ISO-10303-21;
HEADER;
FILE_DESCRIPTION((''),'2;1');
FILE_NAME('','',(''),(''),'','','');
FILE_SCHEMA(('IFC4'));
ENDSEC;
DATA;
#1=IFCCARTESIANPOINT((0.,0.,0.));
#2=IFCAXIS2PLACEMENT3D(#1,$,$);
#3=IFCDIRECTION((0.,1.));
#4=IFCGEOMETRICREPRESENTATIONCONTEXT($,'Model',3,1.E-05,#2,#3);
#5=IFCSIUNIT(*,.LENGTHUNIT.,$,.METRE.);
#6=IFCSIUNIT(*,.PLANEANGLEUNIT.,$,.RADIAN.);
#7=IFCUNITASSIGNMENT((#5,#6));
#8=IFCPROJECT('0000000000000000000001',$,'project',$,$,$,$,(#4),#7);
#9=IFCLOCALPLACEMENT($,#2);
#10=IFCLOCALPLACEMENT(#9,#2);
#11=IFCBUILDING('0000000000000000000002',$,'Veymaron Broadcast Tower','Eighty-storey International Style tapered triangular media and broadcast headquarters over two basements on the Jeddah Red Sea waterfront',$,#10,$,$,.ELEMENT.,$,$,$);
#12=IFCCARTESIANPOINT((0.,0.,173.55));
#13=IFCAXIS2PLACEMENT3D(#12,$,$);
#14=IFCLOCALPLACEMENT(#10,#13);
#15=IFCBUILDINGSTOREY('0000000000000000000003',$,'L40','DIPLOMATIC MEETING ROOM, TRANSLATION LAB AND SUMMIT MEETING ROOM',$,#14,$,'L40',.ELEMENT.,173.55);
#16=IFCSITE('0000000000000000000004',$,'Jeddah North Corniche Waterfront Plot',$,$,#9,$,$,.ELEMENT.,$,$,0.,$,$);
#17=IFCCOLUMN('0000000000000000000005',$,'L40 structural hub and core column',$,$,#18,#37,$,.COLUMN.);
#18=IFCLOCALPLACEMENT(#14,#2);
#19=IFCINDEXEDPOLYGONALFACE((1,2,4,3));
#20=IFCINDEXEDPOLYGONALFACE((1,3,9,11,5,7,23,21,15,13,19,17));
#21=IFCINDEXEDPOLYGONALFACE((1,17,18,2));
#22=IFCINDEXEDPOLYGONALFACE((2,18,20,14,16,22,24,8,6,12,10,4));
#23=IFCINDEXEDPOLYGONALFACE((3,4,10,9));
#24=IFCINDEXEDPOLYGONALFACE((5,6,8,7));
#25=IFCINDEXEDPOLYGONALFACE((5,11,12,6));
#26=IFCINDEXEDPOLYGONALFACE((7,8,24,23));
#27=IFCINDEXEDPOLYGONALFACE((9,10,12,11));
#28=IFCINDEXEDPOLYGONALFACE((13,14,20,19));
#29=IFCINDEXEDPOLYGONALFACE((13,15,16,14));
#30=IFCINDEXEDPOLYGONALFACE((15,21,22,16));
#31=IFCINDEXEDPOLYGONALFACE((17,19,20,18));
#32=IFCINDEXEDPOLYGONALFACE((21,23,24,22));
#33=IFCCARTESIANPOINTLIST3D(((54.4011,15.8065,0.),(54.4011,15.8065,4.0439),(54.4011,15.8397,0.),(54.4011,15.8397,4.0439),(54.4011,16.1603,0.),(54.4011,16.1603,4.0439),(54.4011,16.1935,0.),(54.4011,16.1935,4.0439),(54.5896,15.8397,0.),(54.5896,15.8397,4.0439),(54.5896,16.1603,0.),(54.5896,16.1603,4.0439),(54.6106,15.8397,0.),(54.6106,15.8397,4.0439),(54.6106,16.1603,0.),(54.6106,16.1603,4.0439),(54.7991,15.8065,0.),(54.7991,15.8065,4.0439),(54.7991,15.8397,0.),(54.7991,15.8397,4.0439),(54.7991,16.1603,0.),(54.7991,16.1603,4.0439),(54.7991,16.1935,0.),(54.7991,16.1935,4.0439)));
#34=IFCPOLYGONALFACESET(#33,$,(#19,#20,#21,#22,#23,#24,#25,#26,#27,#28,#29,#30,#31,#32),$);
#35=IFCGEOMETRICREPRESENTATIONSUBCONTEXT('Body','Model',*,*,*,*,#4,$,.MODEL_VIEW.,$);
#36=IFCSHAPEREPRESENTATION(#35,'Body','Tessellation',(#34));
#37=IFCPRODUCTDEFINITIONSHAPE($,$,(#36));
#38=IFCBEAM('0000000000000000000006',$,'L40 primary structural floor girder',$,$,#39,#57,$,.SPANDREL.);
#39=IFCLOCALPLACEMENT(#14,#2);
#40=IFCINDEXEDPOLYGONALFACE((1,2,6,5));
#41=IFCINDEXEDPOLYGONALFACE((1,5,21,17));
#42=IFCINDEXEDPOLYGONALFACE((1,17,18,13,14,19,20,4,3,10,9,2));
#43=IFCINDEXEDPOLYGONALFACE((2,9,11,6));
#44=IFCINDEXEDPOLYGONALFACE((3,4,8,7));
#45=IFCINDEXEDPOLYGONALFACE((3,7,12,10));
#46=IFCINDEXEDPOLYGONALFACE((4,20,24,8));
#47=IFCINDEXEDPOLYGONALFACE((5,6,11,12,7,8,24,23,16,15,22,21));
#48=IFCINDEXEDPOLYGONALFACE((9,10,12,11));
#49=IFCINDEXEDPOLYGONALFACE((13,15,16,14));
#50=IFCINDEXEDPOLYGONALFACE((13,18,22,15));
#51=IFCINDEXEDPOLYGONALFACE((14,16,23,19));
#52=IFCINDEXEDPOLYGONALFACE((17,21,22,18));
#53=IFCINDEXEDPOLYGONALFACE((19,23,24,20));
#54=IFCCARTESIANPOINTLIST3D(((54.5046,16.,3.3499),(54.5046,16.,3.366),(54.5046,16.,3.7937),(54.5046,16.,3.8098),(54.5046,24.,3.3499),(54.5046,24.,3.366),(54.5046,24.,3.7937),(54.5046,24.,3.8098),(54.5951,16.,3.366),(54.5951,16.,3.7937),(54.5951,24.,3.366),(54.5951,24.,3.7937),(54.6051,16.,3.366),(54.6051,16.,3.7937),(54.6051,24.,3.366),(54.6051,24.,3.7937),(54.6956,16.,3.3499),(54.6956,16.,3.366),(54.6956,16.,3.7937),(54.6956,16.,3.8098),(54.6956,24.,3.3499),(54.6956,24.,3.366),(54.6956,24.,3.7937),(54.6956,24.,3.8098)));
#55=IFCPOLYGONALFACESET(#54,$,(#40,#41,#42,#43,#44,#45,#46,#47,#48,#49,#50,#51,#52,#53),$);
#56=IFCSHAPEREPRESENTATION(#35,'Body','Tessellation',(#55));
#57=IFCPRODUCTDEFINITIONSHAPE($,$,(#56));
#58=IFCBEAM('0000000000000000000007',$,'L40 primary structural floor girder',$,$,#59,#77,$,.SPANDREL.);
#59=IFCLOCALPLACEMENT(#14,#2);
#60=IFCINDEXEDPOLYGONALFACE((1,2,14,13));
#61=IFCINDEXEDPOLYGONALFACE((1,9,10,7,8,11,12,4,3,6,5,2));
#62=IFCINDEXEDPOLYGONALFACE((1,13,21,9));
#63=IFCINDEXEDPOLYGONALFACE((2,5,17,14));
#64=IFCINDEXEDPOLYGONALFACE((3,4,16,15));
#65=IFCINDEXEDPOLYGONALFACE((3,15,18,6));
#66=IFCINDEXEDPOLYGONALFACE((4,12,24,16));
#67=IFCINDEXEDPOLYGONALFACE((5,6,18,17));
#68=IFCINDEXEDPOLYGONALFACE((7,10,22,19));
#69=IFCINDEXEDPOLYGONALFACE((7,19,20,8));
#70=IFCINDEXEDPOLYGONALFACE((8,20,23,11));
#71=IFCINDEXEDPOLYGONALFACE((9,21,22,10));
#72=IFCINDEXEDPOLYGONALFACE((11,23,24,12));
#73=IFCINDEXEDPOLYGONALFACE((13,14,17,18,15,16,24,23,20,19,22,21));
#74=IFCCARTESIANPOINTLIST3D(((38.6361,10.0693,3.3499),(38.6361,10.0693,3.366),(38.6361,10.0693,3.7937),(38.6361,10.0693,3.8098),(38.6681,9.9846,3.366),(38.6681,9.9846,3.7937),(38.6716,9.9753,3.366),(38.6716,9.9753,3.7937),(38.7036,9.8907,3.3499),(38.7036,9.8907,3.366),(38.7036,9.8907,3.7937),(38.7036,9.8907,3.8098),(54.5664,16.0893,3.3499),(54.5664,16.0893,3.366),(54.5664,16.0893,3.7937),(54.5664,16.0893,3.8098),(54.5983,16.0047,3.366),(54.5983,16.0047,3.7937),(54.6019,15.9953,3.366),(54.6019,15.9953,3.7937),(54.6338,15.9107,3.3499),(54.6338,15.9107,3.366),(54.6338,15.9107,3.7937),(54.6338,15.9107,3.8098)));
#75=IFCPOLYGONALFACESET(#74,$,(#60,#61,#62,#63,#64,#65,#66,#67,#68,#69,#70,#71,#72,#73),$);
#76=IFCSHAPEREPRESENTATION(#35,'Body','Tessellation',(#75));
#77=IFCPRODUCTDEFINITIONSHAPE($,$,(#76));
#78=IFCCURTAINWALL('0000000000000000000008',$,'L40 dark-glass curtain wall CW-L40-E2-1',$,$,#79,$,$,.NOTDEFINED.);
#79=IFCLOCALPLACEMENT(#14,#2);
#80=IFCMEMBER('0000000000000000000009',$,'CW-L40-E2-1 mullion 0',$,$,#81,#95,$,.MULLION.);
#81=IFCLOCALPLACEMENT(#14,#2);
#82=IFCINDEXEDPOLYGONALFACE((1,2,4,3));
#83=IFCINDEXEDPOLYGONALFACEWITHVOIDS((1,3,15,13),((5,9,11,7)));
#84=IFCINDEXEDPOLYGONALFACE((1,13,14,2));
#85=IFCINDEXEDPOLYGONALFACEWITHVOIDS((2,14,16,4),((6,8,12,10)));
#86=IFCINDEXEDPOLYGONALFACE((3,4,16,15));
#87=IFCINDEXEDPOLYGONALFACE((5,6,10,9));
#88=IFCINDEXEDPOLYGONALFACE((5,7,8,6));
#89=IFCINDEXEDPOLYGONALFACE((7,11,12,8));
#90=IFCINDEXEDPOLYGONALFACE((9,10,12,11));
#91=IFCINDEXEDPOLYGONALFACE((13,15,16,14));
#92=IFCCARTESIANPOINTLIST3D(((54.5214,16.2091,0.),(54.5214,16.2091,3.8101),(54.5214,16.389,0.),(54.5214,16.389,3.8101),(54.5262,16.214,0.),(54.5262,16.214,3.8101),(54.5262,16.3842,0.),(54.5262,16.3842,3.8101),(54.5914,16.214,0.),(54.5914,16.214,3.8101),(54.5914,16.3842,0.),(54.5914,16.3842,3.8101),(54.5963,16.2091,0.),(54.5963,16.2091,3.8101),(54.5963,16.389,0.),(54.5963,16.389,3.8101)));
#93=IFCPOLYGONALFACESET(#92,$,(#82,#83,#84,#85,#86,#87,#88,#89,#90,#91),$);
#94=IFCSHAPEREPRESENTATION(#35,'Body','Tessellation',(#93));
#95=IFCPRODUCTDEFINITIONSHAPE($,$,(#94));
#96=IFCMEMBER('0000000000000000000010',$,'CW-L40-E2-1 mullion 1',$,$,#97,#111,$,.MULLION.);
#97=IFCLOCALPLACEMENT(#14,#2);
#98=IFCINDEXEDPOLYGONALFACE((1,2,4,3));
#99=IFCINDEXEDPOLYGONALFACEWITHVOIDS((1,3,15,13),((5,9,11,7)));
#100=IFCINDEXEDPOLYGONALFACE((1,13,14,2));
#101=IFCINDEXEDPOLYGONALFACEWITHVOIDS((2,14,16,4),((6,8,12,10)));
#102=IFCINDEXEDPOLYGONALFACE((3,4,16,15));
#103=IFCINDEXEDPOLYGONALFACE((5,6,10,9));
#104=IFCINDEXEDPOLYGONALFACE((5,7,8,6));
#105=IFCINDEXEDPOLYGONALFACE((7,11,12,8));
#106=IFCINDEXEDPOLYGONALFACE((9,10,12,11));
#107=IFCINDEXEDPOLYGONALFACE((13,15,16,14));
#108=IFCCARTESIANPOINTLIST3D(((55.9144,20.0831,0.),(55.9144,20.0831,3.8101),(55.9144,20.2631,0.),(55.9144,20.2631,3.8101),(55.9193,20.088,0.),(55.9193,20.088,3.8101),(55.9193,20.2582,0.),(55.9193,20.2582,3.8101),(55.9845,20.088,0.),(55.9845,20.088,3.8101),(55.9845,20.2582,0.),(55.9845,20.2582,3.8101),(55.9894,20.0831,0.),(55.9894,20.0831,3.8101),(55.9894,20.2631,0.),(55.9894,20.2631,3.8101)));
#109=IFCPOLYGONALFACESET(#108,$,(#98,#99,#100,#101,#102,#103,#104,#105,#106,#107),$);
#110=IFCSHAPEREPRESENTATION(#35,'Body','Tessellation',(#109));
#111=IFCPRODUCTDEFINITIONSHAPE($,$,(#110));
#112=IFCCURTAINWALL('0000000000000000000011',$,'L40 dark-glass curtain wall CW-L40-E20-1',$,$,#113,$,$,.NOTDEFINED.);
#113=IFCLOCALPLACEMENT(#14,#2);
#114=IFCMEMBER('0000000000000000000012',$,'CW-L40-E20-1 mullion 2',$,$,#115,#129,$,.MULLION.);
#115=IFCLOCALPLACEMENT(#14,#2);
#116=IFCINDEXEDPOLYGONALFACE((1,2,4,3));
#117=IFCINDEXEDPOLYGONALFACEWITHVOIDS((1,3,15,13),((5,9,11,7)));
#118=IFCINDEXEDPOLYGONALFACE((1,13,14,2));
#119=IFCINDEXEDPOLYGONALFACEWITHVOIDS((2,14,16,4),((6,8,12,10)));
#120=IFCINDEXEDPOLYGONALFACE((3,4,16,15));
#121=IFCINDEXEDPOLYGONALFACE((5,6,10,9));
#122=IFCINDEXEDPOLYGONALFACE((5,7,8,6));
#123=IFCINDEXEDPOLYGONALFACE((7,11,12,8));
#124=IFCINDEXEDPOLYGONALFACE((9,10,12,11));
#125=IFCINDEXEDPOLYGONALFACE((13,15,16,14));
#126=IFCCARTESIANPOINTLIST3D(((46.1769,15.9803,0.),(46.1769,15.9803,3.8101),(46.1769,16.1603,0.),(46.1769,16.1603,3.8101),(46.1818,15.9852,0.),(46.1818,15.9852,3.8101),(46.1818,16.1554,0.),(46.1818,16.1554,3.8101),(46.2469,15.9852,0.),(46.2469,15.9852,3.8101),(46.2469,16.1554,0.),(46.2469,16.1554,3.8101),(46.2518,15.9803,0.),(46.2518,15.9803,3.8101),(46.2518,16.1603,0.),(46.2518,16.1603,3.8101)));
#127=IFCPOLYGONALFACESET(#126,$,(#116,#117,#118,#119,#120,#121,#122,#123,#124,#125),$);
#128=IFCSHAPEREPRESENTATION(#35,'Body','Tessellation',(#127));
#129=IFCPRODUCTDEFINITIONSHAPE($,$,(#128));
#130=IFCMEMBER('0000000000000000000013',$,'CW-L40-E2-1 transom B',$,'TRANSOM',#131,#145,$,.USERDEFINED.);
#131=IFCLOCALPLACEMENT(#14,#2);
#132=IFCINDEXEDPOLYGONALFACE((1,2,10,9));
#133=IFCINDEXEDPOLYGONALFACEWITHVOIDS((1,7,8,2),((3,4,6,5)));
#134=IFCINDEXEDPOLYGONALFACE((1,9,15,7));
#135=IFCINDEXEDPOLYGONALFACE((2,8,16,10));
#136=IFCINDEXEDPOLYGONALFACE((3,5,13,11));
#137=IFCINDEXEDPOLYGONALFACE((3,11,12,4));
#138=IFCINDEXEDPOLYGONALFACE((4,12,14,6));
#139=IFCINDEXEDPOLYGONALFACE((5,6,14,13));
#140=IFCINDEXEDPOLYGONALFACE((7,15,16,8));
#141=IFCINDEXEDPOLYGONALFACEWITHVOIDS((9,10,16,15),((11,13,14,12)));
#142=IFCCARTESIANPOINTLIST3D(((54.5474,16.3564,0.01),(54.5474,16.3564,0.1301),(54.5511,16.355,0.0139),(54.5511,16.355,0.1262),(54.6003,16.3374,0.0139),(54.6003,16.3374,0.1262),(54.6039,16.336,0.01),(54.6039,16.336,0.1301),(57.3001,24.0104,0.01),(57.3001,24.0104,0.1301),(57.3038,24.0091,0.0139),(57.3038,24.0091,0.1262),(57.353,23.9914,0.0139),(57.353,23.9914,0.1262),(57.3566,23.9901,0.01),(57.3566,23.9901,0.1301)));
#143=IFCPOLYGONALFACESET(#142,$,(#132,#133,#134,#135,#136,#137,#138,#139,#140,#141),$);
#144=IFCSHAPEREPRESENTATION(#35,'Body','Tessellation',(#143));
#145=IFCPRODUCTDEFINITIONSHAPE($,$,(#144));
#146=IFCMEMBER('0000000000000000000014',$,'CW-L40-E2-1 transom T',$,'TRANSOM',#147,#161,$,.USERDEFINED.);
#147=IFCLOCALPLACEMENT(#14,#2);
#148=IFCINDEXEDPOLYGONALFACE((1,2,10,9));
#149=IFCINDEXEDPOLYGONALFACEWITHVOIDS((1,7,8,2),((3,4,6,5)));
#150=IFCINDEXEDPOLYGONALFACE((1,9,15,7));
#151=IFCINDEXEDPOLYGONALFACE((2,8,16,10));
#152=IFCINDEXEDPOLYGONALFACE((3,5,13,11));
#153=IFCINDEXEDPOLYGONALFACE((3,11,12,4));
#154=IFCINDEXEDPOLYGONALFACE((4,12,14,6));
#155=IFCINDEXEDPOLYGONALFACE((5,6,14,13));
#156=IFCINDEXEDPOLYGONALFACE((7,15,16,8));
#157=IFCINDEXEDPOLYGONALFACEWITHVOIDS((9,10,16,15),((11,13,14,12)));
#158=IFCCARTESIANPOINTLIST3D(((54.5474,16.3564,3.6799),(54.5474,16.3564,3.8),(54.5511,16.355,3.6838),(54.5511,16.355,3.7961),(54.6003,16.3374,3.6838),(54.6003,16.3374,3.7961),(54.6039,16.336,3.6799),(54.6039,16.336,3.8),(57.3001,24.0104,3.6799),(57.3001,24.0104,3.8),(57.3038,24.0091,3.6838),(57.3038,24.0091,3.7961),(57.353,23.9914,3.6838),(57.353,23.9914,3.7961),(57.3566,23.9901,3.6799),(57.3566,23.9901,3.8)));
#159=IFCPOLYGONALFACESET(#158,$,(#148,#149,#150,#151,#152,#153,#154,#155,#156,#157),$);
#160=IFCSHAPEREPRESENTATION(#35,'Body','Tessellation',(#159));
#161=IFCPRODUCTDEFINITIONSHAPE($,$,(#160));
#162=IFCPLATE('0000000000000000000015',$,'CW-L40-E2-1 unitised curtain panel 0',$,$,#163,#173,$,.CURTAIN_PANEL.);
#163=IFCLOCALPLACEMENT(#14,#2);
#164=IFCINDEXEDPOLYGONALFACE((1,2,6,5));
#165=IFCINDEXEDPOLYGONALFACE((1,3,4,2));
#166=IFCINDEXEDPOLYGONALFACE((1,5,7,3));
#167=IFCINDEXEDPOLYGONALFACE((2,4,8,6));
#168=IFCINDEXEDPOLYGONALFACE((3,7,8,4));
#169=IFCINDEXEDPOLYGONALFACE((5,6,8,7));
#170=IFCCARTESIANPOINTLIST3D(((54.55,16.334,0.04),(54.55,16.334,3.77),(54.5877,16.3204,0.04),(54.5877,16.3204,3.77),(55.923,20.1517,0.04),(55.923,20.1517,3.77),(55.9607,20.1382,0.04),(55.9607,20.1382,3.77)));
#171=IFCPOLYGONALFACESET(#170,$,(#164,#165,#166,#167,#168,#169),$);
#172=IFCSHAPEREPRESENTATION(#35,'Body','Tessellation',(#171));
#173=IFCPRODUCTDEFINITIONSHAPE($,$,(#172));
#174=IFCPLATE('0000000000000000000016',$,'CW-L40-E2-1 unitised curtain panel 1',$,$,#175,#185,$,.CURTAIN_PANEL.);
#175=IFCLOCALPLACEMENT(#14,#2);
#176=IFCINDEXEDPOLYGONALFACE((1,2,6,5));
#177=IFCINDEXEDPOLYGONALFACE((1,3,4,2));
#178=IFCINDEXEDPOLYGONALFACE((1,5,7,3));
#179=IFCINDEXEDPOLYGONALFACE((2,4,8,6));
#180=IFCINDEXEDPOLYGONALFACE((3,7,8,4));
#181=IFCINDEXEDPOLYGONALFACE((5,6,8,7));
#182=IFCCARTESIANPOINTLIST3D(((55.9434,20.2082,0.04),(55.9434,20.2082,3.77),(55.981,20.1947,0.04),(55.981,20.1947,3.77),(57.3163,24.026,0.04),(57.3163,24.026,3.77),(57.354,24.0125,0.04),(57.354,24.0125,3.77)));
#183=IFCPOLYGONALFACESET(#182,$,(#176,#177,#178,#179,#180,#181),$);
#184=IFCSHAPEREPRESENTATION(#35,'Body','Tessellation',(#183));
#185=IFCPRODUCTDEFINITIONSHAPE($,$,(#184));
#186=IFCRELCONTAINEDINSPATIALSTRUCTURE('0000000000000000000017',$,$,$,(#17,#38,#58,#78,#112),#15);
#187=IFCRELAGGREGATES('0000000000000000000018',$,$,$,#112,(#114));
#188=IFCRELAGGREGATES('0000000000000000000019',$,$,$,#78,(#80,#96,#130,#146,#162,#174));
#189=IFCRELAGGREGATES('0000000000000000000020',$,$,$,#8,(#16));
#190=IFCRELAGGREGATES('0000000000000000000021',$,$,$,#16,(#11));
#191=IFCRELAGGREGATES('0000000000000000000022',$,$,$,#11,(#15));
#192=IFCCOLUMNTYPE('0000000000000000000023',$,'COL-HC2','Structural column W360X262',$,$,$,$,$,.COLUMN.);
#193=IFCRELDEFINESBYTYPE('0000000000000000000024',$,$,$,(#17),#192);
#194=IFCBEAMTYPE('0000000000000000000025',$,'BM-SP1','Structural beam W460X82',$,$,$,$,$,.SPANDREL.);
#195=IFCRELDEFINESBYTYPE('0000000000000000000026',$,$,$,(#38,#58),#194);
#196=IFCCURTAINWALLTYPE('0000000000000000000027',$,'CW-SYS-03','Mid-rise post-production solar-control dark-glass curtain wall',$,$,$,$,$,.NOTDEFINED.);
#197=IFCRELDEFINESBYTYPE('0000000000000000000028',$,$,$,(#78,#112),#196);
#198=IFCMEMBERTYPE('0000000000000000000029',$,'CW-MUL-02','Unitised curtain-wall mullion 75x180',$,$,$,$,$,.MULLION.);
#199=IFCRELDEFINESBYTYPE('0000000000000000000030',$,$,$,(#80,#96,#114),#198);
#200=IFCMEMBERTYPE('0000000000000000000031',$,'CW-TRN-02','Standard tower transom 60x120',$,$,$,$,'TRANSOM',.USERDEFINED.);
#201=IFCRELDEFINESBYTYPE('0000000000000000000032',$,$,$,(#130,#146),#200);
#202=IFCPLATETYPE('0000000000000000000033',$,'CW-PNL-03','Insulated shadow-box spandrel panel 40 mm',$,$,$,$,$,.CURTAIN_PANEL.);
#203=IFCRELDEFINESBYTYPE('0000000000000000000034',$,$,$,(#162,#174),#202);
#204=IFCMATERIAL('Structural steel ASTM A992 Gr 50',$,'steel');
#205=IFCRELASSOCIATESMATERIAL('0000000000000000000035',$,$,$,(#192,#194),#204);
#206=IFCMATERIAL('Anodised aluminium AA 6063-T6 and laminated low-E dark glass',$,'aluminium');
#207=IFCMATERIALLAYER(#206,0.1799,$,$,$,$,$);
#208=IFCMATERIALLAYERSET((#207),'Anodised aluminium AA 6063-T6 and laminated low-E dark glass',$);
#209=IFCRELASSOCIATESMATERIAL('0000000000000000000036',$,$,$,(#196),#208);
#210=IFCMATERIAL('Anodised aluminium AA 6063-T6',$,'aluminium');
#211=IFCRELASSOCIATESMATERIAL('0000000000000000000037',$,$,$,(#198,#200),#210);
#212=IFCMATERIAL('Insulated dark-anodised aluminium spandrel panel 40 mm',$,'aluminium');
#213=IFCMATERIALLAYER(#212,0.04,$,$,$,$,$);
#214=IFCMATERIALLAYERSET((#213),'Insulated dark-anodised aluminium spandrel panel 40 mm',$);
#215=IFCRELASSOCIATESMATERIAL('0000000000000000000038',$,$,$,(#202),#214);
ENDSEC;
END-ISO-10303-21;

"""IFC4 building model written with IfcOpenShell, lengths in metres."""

from ifc_helpers import new_model, si_unit, direction, frame, origin, origin_2d, place, context, subcontext, project, spatial, rectangle, hollow_rectangle, i_section, extrude, material, layer, layer_set, material_profile, profile_set, type_object, element, aggregate, save


model = new_model("IFC4")

# Units and contexts
model_context = context("Model", 3, precision=1e-05, world=origin(), true_north=direction((0.0, 1.0)))
body_context = subcontext(model_context, "Body", "Model", "MODEL_VIEW")
ifc_project = project(units=[si_unit("LENGTHUNIT", "METRE"), si_unit("PLANEANGLEUNIT", "RADIAN")], contexts=[model_context])

# Site, building, storey
site_placement = place(None, origin())
site = spatial("IfcSite", under=ifc_project, at=site_placement, Name="Jeddah North Corniche Waterfront Plot", CompositionType="ELEMENT", RefElevation=0.0)
building_placement = place(site_placement, origin())
building = spatial("IfcBuilding", under=site, at=building_placement, Name="Veymaron Broadcast Tower", Description="Eighty-storey International Style tapered triangular media and broadcast headquarters over two basements on the Jeddah Red Sea waterfront", CompositionType="ELEMENT")
storey_placement = place(building_placement, frame((0.0, 0.0, 173.55)))
storey = spatial("IfcBuildingStorey", under=building, at=storey_placement, Name="L40", Description="DIPLOMATIC MEETING ROOM, TRANSLATION LAB AND SUMMIT MEETING ROOM", LongName="L40", CompositionType="ELEMENT", Elevation=173.55)

# Column
ifc_material_1 = material(Name="Structural steel ASTM A992 Gr 50", Category="steel")
ifc_material_profile_1 = material_profile(ifc_material_1, i_section(OverallWidth=0.3979, OverallDepth=0.387, WebThickness=0.021, FlangeThickness=0.0332, at=origin_2d()), Name="W360X262")
ifc_profile_set_1 = profile_set([ifc_material_profile_1], Name="Structural steel ASTM A992 Gr 50")
column_type = type_object("IfcColumnType", Name="COL-HC2", Description="Structural column W360X262", PredefinedType="COLUMN", material=ifc_profile_set_1)
column_placement = place(storey_placement, frame((54.6001, 16.0, 0.0), z_axis=(0.0, 0.0, 1.0), x_axis=(1.0, 0.0, 0.0)))
element("IfcColumn", 1, at=column_placement, inside=storey, type_object=column_type, Name="L40 structural hub and core column", PredefinedType="COLUMN", context=body_context, shape_type="SweptSolid", body=[
    extrude(i_section(OverallWidth=0.3979, OverallDepth=0.387, WebThickness=0.021, FlangeThickness=0.0332, at=origin_2d()), origin(), (0.0, 0.0, 1.0), 4.0439),
])

# Beams
ifc_material_profile_2 = material_profile(ifc_material_1, i_section(OverallWidth=0.1909, OverallDepth=0.46, WebThickness=0.01, FlangeThickness=0.0161, at=origin_2d()), Name="W460X82")
ifc_profile_set_2 = profile_set([ifc_material_profile_2], Name="Structural steel ASTM A992 Gr 50")
beam_type = type_object("IfcBeamType", Name="BM-SP1", Description="Structural beam W460X82", PredefinedType="SPANDREL", material=ifc_profile_set_2)
beam_1_placement = place(storey_placement, frame((54.6001, 16.0, 3.5798), z_axis=(0.0, 1.0, 0.0), x_axis=(-1.0, 0.0, 0.0)))
element("IfcBeam", 2, at=beam_1_placement, inside=storey, type_object=beam_type, Name="L40 primary structural floor girder", PredefinedType="SPANDREL", context=body_context, shape_type="SweptSolid", body=[
    extrude(i_section(OverallWidth=0.1909, OverallDepth=0.46, WebThickness=0.01, FlangeThickness=0.0161, at=origin_2d()), origin(), (0.0, 0.0, 1.0), 8.0),
])
beam_2_placement = place(storey_placement, frame((54.6001, 16.0, 3.5798), z_axis=(-0.935434, -0.353501, 0.0), x_axis=(0.353501, -0.935434, 0.0)))
element("IfcBeam", 3, at=beam_2_placement, inside=storey, type_object=beam_type, Name="L40 primary structural floor girder", PredefinedType="SPANDREL", context=body_context, shape_type="SweptSolid", body=[
    extrude(i_section(OverallWidth=0.1909, OverallDepth=0.46, WebThickness=0.01, FlangeThickness=0.0161, at=origin_2d()), origin(), (0.0, 0.0, 1.0), 17.0298),
])

# Curtain wall, members
ifc_material_2 = material(Name="Anodised aluminium AA 6063-T6 and laminated low-E dark glass", Category="aluminium")
ifc_layer_1 = layer(ifc_material_2, 0.1799)
ifc_layer_set_1 = layer_set([ifc_layer_1], Name="Anodised aluminium AA 6063-T6 and laminated low-E dark glass")
curtain_wall_type = type_object("IfcCurtainWallType", Name="CW-SYS-03", Description="Mid-rise post-production solar-control dark-glass curtain wall", PredefinedType="NOTDEFINED", material=ifc_layer_set_1)
curtain_wall_1_placement = place(storey_placement, origin())
curtain_wall_1 = element("IfcCurtainWall", 4, at=curtain_wall_1_placement, inside=storey, type_object=curtain_wall_type, Name="L40 dark-glass curtain wall CW-L40-E2-1", PredefinedType="NOTDEFINED")
ifc_material_3 = material(Name="Anodised aluminium AA 6063-T6", Category="aluminium")
ifc_material_profile_3 = material_profile(ifc_material_3, hollow_rectangle(XDim=0.075, YDim=0.1799, WallThickness=0.0049, at=origin_2d()), Name="AL180X75X5")
ifc_profile_set_3 = profile_set([ifc_material_profile_3], Name="Anodised aluminium AA 6063-T6")
member_type_1 = type_object("IfcMemberType", Name="CW-MUL-02", Description="Unitised curtain-wall mullion 75x180", PredefinedType="MULLION", material=ifc_profile_set_3)
member_1_placement = place(storey_placement, frame((54.5588, 16.2991, 0.0), z_axis=(0.0, 0.0, 1.0), x_axis=(1.0, 0.0, 0.0)))
member_1 = element("IfcMember", 5, at=member_1_placement, type_object=member_type_1, Name="CW-L40-E2-1 mullion 0", PredefinedType="MULLION", context=body_context, shape_type="SweptSolid", body=[
    extrude(hollow_rectangle(XDim=0.075, YDim=0.1799, WallThickness=0.0049, at=origin_2d()), origin(), (0.0, 0.0, 1.0), 3.8101),
])
member_2_placement = place(storey_placement, frame((55.9519, 20.1731, 0.0), z_axis=(0.0, 0.0, 1.0), x_axis=(1.0, 0.0, 0.0)))
member_2 = element("IfcMember", 6, at=member_2_placement, type_object=member_type_1, Name="CW-L40-E2-1 mullion 1", PredefinedType="MULLION", context=body_context, shape_type="SweptSolid", body=[
    extrude(hollow_rectangle(XDim=0.075, YDim=0.1799, WallThickness=0.0049, at=origin_2d()), origin(), (0.0, 0.0, 1.0), 3.8101),
])

# Curtain wall, member
curtain_wall_2_placement = place(storey_placement, origin())
curtain_wall_2 = element("IfcCurtainWall", 7, at=curtain_wall_2_placement, inside=storey, type_object=curtain_wall_type, Name="L40 dark-glass curtain wall CW-L40-E20-1", PredefinedType="NOTDEFINED")
member_3_placement = place(storey_placement, frame((46.2144, 16.0703, 0.0), z_axis=(0.0, 0.0, 1.0), x_axis=(1.0, 0.0, 0.0)))
member_3 = element("IfcMember", 8, at=member_3_placement, type_object=member_type_1, Name="CW-L40-E20-1 mullion 2", PredefinedType="MULLION", context=body_context, shape_type="SweptSolid", body=[
    extrude(hollow_rectangle(XDim=0.075, YDim=0.1799, WallThickness=0.0049, at=origin_2d()), origin(), (0.0, 0.0, 1.0), 3.8101),
])
aggregate(curtain_wall_2, [member_3])

# Members
ifc_material_profile_4 = material_profile(ifc_material_3, hollow_rectangle(XDim=0.0601, YDim=0.1201, WallThickness=0.0039, at=origin_2d()), Name="AL120X60X4")
ifc_profile_set_4 = profile_set([ifc_material_profile_4], Name="Anodised aluminium AA 6063-T6")
member_type_2 = type_object("IfcMemberType", Name="CW-TRN-02", Description="Standard tower transom 60x120", ElementType="TRANSOM", PredefinedType="USERDEFINED", material=ifc_profile_set_4)
member_4_placement = place(storey_placement, frame((54.5757, 16.3462, 0.0701), z_axis=(0.338418, 0.940996, 0.0), x_axis=(-0.940996, 0.338418, 0.0)))
member_4 = element("IfcMember", 9, at=member_4_placement, type_object=member_type_2, Name="CW-L40-E2-1 transom B", ObjectType="TRANSOM", PredefinedType="USERDEFINED", context=body_context, shape_type="SweptSolid", body=[
    extrude(hollow_rectangle(XDim=0.0601, YDim=0.1201, WallThickness=0.0039, at=origin_2d()), origin(), (0.0, 0.0, 1.0), 8.134),
])
member_5_placement = place(storey_placement, frame((54.5757, 16.3462, 3.74), z_axis=(0.338418, 0.940996, 0.0), x_axis=(-0.940996, 0.338418, 0.0)))
member_5 = element("IfcMember", 10, at=member_5_placement, type_object=member_type_2, Name="CW-L40-E2-1 transom T", ObjectType="TRANSOM", PredefinedType="USERDEFINED", context=body_context, shape_type="SweptSolid", body=[
    extrude(hollow_rectangle(XDim=0.0601, YDim=0.1201, WallThickness=0.0039, at=origin_2d()), origin(), (0.0, 0.0, 1.0), 8.134),
])

# Plates
ifc_material_4 = material(Name="Insulated dark-anodised aluminium spandrel panel 40 mm", Category="aluminium")
ifc_layer_2 = layer(ifc_material_4, 0.04)
ifc_layer_set_2 = layer_set([ifc_layer_2], Name="Insulated dark-anodised aluminium spandrel panel 40 mm")
plate_type = type_object("IfcPlateType", Name="CW-PNL-03", Description="Insulated shadow-box spandrel panel 40 mm", PredefinedType="CURTAIN_PANEL", material=ifc_layer_set_2)
plate_1_placement = place(storey_placement, frame((55.2554, 18.2361, 0.04), z_axis=(0.0, 0.0, 1.0), x_axis=(0.338409, 0.940999, 0.0)))
plate_1 = element("IfcPlate", 11, at=plate_1_placement, type_object=plate_type, Name="CW-L40-E2-1 unitised curtain panel 0", PredefinedType="CURTAIN_PANEL", context=body_context, shape_type="SweptSolid", body=[
    extrude(rectangle(XDim=4.0571, YDim=0.04, at=origin_2d()), origin(), (0.0, 0.0, 1.0), 3.73),
])
plate_2_placement = place(storey_placement, frame((56.6487, 22.1104, 0.04), z_axis=(0.0, 0.0, 1.0), x_axis=(0.338409, 0.940999, 0.0)))
plate_2 = element("IfcPlate", 12, at=plate_2_placement, type_object=plate_type, Name="CW-L40-E2-1 unitised curtain panel 1", PredefinedType="CURTAIN_PANEL", context=body_context, shape_type="SweptSolid", body=[
    extrude(rectangle(XDim=4.0571, YDim=0.04, at=origin_2d()), origin(), (0.0, 0.0, 1.0), 3.73),
])
aggregate(curtain_wall_1, [member_1, member_2, member_4, member_5, plate_1, plate_2])

save(model, "model.ifc")
